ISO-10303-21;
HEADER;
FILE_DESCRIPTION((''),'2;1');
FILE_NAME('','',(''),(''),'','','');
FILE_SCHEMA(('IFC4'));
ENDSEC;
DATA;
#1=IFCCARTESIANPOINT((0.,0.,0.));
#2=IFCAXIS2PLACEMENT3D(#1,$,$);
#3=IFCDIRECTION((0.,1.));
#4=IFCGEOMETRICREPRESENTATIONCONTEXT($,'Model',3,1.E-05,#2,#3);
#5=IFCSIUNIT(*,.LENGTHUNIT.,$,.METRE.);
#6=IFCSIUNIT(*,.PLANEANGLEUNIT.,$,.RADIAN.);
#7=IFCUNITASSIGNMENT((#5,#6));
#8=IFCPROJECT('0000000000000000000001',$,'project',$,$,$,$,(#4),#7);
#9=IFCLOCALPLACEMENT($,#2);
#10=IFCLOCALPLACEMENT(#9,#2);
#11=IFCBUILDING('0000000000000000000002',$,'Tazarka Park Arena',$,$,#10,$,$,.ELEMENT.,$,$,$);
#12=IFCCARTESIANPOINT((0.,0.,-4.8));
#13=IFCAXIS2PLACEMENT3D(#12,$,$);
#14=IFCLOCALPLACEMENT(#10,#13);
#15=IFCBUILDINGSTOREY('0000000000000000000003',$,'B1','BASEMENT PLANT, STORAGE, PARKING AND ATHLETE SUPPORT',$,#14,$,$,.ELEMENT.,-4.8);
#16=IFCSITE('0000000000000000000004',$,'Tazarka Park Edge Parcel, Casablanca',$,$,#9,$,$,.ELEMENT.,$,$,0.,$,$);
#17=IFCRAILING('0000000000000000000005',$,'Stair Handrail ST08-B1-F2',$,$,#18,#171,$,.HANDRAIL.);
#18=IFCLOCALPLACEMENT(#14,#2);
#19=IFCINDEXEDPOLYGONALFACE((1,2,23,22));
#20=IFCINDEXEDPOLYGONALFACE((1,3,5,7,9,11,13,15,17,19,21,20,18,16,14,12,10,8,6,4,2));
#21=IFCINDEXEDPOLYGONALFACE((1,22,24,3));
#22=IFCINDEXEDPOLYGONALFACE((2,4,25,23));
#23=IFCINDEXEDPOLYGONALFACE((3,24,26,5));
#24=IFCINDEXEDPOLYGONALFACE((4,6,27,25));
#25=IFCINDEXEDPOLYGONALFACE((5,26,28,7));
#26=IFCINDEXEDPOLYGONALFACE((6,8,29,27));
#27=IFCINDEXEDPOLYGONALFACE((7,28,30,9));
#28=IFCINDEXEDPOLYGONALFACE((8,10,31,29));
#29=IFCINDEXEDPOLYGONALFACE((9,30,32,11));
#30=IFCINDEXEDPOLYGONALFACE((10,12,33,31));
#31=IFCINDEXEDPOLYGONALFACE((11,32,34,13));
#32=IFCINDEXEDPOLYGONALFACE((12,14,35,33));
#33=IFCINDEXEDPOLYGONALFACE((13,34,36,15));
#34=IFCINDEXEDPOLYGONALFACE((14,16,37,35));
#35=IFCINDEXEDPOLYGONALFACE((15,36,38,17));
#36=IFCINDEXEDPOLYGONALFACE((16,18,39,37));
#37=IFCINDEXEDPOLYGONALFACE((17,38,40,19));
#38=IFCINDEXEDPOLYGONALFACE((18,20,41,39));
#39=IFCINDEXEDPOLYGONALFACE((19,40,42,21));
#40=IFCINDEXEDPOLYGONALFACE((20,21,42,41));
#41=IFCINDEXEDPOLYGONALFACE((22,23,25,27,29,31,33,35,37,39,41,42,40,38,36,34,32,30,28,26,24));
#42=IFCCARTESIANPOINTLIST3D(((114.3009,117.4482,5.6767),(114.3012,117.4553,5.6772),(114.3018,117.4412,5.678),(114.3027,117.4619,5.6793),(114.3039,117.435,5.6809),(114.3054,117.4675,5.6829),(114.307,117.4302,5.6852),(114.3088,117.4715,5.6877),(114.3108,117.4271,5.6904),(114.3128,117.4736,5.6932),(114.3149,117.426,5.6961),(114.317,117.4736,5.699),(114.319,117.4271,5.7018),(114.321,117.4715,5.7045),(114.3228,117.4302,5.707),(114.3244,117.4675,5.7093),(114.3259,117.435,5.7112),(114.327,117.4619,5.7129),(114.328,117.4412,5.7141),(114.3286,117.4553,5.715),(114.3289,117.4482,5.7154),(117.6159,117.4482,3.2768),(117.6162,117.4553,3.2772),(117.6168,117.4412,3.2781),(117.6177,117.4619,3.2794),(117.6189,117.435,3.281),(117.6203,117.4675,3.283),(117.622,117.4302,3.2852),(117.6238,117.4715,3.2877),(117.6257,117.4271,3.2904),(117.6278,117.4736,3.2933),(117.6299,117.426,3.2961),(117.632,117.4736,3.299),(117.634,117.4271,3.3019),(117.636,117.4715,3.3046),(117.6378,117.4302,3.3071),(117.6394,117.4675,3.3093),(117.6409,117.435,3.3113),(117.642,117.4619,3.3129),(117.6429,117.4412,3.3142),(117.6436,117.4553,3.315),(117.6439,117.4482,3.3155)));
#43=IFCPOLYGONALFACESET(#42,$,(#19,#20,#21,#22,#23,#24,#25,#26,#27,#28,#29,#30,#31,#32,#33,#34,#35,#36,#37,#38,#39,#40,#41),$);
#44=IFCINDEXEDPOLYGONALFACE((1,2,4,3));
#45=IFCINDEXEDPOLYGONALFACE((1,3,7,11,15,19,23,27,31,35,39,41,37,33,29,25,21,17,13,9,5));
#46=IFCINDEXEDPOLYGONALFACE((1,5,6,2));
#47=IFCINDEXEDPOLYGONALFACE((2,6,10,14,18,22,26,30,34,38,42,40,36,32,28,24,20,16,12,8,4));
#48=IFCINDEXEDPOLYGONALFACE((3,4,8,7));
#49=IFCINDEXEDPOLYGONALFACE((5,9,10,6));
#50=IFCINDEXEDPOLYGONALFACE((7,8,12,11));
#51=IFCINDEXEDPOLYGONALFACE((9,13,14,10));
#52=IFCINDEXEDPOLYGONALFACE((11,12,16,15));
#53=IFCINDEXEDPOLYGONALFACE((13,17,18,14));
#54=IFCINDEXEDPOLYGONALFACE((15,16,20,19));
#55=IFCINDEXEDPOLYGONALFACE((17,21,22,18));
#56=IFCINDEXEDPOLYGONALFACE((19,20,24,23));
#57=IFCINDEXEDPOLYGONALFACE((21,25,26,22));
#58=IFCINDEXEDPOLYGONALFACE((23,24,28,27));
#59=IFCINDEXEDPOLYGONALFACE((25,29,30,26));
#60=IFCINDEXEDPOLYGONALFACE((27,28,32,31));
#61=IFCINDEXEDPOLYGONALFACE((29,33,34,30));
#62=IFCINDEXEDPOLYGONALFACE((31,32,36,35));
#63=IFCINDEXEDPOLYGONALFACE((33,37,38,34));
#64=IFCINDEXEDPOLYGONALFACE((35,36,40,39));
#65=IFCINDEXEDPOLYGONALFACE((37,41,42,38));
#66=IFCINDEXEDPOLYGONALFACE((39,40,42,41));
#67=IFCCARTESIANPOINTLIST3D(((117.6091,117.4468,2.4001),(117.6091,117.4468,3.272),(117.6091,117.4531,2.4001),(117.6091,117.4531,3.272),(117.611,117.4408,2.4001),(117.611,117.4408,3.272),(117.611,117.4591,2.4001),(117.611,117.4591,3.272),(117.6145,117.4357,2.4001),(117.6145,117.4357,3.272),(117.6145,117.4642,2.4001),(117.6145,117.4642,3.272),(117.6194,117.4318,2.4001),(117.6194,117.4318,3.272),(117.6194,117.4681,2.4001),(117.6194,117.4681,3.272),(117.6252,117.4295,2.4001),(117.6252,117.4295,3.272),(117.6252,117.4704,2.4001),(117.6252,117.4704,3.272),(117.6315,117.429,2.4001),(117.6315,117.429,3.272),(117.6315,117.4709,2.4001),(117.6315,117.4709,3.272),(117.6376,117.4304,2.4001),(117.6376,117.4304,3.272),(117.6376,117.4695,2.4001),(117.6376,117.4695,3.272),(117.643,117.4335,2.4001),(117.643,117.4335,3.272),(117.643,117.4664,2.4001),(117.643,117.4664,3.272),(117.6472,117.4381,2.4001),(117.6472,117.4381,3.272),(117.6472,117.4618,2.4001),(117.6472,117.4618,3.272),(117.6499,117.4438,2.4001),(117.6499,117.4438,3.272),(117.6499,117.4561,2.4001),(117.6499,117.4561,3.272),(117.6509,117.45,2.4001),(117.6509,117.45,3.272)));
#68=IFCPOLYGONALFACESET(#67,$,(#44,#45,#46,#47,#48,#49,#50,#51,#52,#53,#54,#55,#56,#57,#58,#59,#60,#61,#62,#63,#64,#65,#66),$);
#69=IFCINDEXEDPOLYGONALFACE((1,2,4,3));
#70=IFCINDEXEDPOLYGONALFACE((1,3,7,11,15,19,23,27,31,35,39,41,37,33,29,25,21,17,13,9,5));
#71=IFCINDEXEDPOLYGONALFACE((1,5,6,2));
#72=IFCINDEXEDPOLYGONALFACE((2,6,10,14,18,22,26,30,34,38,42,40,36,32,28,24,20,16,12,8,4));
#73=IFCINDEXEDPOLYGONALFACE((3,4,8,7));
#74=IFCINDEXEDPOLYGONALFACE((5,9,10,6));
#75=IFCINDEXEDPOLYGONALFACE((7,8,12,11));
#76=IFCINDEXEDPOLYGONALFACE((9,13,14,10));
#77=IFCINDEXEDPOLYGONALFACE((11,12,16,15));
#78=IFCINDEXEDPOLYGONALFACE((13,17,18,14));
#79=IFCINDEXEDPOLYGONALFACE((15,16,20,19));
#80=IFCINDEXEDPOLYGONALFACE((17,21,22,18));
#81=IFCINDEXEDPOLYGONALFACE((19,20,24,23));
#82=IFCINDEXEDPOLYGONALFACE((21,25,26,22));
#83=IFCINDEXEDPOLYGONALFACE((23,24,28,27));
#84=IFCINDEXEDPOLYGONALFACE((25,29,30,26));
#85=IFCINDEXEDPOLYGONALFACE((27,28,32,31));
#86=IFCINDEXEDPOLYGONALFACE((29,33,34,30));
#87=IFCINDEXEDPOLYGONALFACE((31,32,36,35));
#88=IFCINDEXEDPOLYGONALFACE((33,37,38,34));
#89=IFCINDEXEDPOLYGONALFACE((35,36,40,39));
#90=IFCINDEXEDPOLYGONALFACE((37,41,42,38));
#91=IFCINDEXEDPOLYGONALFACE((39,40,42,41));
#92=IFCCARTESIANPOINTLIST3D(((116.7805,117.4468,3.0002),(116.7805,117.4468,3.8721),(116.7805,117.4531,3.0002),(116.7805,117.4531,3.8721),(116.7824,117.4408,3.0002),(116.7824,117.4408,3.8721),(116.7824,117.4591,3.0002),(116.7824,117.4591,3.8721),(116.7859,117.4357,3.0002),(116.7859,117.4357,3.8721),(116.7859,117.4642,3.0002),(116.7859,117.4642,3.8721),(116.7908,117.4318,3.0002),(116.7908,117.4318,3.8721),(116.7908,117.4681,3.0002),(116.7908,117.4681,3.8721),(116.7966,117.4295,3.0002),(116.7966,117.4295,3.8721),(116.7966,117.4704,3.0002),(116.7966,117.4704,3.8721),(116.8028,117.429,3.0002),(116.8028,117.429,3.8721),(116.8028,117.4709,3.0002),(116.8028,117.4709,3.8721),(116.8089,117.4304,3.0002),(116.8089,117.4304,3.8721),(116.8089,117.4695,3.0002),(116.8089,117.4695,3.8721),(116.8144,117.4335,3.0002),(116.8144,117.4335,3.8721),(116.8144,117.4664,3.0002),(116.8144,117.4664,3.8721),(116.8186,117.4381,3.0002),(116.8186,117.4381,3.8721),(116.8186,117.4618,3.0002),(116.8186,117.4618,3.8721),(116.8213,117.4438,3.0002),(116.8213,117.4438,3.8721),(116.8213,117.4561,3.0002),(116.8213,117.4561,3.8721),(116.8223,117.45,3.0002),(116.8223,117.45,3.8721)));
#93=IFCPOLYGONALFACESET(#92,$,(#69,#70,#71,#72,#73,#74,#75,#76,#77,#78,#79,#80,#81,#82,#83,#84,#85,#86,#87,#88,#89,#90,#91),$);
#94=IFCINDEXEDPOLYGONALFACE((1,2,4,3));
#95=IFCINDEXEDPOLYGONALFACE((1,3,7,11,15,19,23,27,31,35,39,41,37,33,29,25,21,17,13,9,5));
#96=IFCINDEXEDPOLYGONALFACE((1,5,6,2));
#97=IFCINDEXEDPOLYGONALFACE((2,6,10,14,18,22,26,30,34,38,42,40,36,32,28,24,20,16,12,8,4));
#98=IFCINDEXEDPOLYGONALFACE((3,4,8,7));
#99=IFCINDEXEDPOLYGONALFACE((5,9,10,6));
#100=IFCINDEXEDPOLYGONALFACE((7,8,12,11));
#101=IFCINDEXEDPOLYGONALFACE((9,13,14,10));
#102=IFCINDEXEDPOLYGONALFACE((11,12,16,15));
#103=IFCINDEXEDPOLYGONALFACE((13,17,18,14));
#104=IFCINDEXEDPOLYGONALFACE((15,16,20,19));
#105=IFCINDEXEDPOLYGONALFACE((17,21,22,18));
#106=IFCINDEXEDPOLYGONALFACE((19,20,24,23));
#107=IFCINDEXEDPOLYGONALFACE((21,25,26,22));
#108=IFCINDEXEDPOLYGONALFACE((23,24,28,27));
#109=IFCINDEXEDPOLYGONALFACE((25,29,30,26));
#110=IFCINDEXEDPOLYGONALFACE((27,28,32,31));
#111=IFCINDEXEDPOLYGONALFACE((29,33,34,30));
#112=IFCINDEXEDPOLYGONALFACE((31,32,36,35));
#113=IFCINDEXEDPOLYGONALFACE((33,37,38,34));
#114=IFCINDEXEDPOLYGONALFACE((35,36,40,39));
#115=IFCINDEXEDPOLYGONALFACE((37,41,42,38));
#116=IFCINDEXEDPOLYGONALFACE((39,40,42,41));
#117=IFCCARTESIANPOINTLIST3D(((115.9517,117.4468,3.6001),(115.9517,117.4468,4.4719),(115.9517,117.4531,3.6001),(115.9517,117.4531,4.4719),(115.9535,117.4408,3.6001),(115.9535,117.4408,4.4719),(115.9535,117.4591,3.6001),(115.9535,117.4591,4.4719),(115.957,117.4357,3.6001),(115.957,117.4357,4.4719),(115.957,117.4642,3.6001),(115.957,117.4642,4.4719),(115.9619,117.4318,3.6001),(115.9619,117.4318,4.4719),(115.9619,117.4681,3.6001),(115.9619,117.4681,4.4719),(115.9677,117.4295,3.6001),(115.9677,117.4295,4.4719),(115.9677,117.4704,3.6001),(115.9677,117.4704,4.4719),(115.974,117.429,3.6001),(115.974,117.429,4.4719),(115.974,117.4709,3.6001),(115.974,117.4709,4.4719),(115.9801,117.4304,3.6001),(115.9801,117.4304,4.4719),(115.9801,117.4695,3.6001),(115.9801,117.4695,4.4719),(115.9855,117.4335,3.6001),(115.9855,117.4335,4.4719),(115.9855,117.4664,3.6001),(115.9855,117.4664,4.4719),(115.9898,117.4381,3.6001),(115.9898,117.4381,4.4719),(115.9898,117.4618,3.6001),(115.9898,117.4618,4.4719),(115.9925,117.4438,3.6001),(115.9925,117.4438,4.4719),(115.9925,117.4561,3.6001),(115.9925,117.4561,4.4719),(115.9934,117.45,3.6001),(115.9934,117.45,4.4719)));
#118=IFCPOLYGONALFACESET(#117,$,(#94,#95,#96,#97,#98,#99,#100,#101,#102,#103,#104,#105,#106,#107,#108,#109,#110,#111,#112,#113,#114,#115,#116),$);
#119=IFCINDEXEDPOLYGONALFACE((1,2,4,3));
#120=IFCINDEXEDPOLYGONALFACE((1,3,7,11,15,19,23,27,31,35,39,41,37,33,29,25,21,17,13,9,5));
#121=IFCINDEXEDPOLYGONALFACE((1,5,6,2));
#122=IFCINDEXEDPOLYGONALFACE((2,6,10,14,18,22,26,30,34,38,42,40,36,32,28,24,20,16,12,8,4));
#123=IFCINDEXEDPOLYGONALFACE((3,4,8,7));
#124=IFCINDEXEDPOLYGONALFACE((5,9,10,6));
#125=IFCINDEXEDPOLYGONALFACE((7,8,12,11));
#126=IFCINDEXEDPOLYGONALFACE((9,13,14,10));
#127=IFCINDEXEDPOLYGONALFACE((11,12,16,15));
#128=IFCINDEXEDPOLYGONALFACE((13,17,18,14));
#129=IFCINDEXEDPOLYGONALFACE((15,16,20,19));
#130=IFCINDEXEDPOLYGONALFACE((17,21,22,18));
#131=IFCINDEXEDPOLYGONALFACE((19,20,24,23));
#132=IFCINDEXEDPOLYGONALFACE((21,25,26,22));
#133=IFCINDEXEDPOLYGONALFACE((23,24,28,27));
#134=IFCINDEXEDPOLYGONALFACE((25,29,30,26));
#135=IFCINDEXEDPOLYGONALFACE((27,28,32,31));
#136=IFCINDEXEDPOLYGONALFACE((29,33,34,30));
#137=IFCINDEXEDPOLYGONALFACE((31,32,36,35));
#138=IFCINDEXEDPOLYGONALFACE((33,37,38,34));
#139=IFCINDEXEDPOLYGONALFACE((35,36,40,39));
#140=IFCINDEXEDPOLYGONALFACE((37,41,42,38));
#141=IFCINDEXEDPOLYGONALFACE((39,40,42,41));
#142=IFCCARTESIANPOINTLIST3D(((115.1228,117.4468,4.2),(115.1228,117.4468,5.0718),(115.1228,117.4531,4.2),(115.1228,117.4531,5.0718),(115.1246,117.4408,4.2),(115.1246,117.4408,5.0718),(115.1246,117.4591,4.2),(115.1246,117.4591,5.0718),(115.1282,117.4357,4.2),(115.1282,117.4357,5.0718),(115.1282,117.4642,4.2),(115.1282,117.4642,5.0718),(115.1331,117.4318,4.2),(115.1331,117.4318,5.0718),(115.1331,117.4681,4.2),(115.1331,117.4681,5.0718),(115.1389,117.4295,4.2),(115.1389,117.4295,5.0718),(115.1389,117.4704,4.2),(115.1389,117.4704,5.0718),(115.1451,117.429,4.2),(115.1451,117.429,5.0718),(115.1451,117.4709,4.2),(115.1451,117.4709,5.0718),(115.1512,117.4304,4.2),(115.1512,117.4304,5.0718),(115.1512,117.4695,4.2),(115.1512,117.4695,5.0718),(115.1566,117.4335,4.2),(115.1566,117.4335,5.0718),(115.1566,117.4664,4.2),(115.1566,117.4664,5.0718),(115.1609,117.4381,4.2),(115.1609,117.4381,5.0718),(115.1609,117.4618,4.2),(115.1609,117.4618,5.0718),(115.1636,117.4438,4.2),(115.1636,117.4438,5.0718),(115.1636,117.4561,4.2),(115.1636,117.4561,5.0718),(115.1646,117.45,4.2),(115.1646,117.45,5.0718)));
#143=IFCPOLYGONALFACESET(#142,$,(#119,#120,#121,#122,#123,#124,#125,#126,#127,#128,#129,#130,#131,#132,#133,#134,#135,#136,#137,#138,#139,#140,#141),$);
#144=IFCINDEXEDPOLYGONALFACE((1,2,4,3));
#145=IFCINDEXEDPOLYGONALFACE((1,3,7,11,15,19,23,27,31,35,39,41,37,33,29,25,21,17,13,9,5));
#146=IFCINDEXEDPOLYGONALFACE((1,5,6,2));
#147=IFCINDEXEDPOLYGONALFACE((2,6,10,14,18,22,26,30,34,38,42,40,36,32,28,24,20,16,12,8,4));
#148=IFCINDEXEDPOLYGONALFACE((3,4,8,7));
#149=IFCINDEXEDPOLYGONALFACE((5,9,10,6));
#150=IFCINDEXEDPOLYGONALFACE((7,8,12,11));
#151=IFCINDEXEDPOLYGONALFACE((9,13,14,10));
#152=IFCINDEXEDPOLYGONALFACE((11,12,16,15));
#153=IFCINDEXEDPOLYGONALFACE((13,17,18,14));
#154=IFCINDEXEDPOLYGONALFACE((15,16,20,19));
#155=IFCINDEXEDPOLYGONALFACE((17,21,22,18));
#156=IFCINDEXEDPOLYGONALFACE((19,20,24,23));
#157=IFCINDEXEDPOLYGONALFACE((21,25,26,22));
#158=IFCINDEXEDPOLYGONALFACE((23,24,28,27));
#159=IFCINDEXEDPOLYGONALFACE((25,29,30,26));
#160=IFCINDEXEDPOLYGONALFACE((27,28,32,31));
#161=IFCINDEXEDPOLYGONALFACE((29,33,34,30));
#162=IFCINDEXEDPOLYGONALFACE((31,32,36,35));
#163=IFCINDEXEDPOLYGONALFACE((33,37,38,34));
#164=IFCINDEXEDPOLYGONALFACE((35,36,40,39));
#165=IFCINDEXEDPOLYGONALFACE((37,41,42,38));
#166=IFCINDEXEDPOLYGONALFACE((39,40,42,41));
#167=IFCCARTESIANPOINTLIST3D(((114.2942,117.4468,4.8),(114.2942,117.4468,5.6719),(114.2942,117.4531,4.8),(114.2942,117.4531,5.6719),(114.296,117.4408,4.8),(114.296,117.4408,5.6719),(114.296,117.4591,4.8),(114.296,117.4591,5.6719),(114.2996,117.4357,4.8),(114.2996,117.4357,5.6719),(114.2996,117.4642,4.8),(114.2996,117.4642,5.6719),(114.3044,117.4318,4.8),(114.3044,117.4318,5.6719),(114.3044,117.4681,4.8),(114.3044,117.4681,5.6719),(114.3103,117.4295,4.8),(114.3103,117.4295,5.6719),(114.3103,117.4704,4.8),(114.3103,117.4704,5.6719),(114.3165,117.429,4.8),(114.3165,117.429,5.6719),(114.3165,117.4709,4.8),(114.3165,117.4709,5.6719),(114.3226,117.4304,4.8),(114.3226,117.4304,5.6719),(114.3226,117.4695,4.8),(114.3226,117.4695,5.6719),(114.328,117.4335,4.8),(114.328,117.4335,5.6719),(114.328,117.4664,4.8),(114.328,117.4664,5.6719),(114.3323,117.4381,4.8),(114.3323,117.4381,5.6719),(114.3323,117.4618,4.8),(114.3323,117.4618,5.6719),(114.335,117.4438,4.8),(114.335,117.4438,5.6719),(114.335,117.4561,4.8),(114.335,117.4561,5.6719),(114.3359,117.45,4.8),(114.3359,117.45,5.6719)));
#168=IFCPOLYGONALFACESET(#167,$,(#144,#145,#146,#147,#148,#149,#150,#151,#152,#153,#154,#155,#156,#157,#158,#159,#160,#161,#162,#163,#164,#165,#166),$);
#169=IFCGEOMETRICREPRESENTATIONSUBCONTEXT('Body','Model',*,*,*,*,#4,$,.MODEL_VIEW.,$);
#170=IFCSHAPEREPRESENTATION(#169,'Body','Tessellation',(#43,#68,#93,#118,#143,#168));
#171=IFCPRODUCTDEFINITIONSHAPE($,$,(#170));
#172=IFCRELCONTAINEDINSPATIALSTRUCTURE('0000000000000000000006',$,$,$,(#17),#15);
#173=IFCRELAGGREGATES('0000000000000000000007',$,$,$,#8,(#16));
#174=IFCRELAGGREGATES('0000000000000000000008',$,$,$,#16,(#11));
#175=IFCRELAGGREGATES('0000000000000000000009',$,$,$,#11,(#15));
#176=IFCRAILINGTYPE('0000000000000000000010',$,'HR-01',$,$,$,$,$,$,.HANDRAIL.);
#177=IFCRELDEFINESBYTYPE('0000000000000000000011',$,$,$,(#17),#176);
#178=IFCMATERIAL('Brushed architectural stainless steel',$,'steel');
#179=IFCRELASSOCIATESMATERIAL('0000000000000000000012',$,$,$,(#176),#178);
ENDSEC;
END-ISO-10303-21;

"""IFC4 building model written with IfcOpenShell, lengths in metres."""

from ifc_helpers import new_model, si_unit, direction, frame, origin, origin_2d, place, context, subcontext, project, spatial, circle, extrude, material, type_object, element, save


model = new_model("IFC4")

# Units and contexts
model_context = context("Model", 3, precision=1e-05, world=origin(), true_north=direction((0.0, 1.0)))
body_context = subcontext(model_context, "Body", "Model", "MODEL_VIEW")
ifc_project = project(units=[si_unit("LENGTHUNIT", "METRE"), si_unit("PLANEANGLEUNIT", "RADIAN")], contexts=[model_context])

# Site, building, storey
site_placement = place(None, origin())
site = spatial("IfcSite", under=ifc_project, at=site_placement, Name="Tazarka Park Edge Parcel, Casablanca", CompositionType="ELEMENT", RefElevation=0.0)
building_placement = place(site_placement, origin())
building = spatial("IfcBuilding", under=site, at=building_placement, Name="Tazarka Park Arena", CompositionType="ELEMENT")
storey_placement = place(building_placement, frame((0.0, 0.0, -4.8)))
storey = spatial("IfcBuildingStorey", under=building, at=storey_placement, Name="B1", Description="BASEMENT PLANT, STORAGE, PARKING AND ATHLETE SUPPORT", CompositionType="ELEMENT", Elevation=-4.8)

# Railing
ifc_material_1 = material(Name="Brushed architectural stainless steel", Category="steel")
railing_type_1 = type_object("IfcRailingType", Name="HR-01", PredefinedType="HANDRAIL", material=ifc_material_1)
railing_1_placement = place(storey_placement, frame((117.6299, 117.45, 2.4001)))
element("IfcRailing", 1, at=railing_1_placement, inside=storey, type_object=railing_type_1, Name="Stair Handrail ST08-B1-F2", PredefinedType="HANDRAIL", context=body_context, shape_type="SweptSolid", body=[
    extrude(circle(Radius=0.0239, at=origin_2d()), frame((0.0, 0.0, 0.896), z_axis=(-0.810009, 0.0, 0.586418), x_axis=(0.0, -1.0, 0.0)), (0.0, 0.0, 1.0), 4.0925),
    extrude(circle(Radius=0.021, at=origin_2d()), origin(), (0.0, 0.0, 1.0), 0.8718),
    extrude(circle(Radius=0.021, at=origin_2d()), frame((-0.8286, 0.0, 0.6001)), (0.0, 0.0, 1.0), 0.8718),
    extrude(circle(Radius=0.021, at=origin_2d()), frame((-1.6575, 0.0, 1.2)), (0.0, 0.0, 1.0), 0.8718),
    extrude(circle(Radius=0.021, at=origin_2d()), frame((-2.4863, 0.0, 1.7998)), (0.0, 0.0, 1.0), 0.8718),
    extrude(circle(Radius=0.021, at=origin_2d()), frame((-3.3149, 0.0, 2.3999)), (0.0, 0.0, 1.0), 0.8718),
])

save(model, "model.ifc")
